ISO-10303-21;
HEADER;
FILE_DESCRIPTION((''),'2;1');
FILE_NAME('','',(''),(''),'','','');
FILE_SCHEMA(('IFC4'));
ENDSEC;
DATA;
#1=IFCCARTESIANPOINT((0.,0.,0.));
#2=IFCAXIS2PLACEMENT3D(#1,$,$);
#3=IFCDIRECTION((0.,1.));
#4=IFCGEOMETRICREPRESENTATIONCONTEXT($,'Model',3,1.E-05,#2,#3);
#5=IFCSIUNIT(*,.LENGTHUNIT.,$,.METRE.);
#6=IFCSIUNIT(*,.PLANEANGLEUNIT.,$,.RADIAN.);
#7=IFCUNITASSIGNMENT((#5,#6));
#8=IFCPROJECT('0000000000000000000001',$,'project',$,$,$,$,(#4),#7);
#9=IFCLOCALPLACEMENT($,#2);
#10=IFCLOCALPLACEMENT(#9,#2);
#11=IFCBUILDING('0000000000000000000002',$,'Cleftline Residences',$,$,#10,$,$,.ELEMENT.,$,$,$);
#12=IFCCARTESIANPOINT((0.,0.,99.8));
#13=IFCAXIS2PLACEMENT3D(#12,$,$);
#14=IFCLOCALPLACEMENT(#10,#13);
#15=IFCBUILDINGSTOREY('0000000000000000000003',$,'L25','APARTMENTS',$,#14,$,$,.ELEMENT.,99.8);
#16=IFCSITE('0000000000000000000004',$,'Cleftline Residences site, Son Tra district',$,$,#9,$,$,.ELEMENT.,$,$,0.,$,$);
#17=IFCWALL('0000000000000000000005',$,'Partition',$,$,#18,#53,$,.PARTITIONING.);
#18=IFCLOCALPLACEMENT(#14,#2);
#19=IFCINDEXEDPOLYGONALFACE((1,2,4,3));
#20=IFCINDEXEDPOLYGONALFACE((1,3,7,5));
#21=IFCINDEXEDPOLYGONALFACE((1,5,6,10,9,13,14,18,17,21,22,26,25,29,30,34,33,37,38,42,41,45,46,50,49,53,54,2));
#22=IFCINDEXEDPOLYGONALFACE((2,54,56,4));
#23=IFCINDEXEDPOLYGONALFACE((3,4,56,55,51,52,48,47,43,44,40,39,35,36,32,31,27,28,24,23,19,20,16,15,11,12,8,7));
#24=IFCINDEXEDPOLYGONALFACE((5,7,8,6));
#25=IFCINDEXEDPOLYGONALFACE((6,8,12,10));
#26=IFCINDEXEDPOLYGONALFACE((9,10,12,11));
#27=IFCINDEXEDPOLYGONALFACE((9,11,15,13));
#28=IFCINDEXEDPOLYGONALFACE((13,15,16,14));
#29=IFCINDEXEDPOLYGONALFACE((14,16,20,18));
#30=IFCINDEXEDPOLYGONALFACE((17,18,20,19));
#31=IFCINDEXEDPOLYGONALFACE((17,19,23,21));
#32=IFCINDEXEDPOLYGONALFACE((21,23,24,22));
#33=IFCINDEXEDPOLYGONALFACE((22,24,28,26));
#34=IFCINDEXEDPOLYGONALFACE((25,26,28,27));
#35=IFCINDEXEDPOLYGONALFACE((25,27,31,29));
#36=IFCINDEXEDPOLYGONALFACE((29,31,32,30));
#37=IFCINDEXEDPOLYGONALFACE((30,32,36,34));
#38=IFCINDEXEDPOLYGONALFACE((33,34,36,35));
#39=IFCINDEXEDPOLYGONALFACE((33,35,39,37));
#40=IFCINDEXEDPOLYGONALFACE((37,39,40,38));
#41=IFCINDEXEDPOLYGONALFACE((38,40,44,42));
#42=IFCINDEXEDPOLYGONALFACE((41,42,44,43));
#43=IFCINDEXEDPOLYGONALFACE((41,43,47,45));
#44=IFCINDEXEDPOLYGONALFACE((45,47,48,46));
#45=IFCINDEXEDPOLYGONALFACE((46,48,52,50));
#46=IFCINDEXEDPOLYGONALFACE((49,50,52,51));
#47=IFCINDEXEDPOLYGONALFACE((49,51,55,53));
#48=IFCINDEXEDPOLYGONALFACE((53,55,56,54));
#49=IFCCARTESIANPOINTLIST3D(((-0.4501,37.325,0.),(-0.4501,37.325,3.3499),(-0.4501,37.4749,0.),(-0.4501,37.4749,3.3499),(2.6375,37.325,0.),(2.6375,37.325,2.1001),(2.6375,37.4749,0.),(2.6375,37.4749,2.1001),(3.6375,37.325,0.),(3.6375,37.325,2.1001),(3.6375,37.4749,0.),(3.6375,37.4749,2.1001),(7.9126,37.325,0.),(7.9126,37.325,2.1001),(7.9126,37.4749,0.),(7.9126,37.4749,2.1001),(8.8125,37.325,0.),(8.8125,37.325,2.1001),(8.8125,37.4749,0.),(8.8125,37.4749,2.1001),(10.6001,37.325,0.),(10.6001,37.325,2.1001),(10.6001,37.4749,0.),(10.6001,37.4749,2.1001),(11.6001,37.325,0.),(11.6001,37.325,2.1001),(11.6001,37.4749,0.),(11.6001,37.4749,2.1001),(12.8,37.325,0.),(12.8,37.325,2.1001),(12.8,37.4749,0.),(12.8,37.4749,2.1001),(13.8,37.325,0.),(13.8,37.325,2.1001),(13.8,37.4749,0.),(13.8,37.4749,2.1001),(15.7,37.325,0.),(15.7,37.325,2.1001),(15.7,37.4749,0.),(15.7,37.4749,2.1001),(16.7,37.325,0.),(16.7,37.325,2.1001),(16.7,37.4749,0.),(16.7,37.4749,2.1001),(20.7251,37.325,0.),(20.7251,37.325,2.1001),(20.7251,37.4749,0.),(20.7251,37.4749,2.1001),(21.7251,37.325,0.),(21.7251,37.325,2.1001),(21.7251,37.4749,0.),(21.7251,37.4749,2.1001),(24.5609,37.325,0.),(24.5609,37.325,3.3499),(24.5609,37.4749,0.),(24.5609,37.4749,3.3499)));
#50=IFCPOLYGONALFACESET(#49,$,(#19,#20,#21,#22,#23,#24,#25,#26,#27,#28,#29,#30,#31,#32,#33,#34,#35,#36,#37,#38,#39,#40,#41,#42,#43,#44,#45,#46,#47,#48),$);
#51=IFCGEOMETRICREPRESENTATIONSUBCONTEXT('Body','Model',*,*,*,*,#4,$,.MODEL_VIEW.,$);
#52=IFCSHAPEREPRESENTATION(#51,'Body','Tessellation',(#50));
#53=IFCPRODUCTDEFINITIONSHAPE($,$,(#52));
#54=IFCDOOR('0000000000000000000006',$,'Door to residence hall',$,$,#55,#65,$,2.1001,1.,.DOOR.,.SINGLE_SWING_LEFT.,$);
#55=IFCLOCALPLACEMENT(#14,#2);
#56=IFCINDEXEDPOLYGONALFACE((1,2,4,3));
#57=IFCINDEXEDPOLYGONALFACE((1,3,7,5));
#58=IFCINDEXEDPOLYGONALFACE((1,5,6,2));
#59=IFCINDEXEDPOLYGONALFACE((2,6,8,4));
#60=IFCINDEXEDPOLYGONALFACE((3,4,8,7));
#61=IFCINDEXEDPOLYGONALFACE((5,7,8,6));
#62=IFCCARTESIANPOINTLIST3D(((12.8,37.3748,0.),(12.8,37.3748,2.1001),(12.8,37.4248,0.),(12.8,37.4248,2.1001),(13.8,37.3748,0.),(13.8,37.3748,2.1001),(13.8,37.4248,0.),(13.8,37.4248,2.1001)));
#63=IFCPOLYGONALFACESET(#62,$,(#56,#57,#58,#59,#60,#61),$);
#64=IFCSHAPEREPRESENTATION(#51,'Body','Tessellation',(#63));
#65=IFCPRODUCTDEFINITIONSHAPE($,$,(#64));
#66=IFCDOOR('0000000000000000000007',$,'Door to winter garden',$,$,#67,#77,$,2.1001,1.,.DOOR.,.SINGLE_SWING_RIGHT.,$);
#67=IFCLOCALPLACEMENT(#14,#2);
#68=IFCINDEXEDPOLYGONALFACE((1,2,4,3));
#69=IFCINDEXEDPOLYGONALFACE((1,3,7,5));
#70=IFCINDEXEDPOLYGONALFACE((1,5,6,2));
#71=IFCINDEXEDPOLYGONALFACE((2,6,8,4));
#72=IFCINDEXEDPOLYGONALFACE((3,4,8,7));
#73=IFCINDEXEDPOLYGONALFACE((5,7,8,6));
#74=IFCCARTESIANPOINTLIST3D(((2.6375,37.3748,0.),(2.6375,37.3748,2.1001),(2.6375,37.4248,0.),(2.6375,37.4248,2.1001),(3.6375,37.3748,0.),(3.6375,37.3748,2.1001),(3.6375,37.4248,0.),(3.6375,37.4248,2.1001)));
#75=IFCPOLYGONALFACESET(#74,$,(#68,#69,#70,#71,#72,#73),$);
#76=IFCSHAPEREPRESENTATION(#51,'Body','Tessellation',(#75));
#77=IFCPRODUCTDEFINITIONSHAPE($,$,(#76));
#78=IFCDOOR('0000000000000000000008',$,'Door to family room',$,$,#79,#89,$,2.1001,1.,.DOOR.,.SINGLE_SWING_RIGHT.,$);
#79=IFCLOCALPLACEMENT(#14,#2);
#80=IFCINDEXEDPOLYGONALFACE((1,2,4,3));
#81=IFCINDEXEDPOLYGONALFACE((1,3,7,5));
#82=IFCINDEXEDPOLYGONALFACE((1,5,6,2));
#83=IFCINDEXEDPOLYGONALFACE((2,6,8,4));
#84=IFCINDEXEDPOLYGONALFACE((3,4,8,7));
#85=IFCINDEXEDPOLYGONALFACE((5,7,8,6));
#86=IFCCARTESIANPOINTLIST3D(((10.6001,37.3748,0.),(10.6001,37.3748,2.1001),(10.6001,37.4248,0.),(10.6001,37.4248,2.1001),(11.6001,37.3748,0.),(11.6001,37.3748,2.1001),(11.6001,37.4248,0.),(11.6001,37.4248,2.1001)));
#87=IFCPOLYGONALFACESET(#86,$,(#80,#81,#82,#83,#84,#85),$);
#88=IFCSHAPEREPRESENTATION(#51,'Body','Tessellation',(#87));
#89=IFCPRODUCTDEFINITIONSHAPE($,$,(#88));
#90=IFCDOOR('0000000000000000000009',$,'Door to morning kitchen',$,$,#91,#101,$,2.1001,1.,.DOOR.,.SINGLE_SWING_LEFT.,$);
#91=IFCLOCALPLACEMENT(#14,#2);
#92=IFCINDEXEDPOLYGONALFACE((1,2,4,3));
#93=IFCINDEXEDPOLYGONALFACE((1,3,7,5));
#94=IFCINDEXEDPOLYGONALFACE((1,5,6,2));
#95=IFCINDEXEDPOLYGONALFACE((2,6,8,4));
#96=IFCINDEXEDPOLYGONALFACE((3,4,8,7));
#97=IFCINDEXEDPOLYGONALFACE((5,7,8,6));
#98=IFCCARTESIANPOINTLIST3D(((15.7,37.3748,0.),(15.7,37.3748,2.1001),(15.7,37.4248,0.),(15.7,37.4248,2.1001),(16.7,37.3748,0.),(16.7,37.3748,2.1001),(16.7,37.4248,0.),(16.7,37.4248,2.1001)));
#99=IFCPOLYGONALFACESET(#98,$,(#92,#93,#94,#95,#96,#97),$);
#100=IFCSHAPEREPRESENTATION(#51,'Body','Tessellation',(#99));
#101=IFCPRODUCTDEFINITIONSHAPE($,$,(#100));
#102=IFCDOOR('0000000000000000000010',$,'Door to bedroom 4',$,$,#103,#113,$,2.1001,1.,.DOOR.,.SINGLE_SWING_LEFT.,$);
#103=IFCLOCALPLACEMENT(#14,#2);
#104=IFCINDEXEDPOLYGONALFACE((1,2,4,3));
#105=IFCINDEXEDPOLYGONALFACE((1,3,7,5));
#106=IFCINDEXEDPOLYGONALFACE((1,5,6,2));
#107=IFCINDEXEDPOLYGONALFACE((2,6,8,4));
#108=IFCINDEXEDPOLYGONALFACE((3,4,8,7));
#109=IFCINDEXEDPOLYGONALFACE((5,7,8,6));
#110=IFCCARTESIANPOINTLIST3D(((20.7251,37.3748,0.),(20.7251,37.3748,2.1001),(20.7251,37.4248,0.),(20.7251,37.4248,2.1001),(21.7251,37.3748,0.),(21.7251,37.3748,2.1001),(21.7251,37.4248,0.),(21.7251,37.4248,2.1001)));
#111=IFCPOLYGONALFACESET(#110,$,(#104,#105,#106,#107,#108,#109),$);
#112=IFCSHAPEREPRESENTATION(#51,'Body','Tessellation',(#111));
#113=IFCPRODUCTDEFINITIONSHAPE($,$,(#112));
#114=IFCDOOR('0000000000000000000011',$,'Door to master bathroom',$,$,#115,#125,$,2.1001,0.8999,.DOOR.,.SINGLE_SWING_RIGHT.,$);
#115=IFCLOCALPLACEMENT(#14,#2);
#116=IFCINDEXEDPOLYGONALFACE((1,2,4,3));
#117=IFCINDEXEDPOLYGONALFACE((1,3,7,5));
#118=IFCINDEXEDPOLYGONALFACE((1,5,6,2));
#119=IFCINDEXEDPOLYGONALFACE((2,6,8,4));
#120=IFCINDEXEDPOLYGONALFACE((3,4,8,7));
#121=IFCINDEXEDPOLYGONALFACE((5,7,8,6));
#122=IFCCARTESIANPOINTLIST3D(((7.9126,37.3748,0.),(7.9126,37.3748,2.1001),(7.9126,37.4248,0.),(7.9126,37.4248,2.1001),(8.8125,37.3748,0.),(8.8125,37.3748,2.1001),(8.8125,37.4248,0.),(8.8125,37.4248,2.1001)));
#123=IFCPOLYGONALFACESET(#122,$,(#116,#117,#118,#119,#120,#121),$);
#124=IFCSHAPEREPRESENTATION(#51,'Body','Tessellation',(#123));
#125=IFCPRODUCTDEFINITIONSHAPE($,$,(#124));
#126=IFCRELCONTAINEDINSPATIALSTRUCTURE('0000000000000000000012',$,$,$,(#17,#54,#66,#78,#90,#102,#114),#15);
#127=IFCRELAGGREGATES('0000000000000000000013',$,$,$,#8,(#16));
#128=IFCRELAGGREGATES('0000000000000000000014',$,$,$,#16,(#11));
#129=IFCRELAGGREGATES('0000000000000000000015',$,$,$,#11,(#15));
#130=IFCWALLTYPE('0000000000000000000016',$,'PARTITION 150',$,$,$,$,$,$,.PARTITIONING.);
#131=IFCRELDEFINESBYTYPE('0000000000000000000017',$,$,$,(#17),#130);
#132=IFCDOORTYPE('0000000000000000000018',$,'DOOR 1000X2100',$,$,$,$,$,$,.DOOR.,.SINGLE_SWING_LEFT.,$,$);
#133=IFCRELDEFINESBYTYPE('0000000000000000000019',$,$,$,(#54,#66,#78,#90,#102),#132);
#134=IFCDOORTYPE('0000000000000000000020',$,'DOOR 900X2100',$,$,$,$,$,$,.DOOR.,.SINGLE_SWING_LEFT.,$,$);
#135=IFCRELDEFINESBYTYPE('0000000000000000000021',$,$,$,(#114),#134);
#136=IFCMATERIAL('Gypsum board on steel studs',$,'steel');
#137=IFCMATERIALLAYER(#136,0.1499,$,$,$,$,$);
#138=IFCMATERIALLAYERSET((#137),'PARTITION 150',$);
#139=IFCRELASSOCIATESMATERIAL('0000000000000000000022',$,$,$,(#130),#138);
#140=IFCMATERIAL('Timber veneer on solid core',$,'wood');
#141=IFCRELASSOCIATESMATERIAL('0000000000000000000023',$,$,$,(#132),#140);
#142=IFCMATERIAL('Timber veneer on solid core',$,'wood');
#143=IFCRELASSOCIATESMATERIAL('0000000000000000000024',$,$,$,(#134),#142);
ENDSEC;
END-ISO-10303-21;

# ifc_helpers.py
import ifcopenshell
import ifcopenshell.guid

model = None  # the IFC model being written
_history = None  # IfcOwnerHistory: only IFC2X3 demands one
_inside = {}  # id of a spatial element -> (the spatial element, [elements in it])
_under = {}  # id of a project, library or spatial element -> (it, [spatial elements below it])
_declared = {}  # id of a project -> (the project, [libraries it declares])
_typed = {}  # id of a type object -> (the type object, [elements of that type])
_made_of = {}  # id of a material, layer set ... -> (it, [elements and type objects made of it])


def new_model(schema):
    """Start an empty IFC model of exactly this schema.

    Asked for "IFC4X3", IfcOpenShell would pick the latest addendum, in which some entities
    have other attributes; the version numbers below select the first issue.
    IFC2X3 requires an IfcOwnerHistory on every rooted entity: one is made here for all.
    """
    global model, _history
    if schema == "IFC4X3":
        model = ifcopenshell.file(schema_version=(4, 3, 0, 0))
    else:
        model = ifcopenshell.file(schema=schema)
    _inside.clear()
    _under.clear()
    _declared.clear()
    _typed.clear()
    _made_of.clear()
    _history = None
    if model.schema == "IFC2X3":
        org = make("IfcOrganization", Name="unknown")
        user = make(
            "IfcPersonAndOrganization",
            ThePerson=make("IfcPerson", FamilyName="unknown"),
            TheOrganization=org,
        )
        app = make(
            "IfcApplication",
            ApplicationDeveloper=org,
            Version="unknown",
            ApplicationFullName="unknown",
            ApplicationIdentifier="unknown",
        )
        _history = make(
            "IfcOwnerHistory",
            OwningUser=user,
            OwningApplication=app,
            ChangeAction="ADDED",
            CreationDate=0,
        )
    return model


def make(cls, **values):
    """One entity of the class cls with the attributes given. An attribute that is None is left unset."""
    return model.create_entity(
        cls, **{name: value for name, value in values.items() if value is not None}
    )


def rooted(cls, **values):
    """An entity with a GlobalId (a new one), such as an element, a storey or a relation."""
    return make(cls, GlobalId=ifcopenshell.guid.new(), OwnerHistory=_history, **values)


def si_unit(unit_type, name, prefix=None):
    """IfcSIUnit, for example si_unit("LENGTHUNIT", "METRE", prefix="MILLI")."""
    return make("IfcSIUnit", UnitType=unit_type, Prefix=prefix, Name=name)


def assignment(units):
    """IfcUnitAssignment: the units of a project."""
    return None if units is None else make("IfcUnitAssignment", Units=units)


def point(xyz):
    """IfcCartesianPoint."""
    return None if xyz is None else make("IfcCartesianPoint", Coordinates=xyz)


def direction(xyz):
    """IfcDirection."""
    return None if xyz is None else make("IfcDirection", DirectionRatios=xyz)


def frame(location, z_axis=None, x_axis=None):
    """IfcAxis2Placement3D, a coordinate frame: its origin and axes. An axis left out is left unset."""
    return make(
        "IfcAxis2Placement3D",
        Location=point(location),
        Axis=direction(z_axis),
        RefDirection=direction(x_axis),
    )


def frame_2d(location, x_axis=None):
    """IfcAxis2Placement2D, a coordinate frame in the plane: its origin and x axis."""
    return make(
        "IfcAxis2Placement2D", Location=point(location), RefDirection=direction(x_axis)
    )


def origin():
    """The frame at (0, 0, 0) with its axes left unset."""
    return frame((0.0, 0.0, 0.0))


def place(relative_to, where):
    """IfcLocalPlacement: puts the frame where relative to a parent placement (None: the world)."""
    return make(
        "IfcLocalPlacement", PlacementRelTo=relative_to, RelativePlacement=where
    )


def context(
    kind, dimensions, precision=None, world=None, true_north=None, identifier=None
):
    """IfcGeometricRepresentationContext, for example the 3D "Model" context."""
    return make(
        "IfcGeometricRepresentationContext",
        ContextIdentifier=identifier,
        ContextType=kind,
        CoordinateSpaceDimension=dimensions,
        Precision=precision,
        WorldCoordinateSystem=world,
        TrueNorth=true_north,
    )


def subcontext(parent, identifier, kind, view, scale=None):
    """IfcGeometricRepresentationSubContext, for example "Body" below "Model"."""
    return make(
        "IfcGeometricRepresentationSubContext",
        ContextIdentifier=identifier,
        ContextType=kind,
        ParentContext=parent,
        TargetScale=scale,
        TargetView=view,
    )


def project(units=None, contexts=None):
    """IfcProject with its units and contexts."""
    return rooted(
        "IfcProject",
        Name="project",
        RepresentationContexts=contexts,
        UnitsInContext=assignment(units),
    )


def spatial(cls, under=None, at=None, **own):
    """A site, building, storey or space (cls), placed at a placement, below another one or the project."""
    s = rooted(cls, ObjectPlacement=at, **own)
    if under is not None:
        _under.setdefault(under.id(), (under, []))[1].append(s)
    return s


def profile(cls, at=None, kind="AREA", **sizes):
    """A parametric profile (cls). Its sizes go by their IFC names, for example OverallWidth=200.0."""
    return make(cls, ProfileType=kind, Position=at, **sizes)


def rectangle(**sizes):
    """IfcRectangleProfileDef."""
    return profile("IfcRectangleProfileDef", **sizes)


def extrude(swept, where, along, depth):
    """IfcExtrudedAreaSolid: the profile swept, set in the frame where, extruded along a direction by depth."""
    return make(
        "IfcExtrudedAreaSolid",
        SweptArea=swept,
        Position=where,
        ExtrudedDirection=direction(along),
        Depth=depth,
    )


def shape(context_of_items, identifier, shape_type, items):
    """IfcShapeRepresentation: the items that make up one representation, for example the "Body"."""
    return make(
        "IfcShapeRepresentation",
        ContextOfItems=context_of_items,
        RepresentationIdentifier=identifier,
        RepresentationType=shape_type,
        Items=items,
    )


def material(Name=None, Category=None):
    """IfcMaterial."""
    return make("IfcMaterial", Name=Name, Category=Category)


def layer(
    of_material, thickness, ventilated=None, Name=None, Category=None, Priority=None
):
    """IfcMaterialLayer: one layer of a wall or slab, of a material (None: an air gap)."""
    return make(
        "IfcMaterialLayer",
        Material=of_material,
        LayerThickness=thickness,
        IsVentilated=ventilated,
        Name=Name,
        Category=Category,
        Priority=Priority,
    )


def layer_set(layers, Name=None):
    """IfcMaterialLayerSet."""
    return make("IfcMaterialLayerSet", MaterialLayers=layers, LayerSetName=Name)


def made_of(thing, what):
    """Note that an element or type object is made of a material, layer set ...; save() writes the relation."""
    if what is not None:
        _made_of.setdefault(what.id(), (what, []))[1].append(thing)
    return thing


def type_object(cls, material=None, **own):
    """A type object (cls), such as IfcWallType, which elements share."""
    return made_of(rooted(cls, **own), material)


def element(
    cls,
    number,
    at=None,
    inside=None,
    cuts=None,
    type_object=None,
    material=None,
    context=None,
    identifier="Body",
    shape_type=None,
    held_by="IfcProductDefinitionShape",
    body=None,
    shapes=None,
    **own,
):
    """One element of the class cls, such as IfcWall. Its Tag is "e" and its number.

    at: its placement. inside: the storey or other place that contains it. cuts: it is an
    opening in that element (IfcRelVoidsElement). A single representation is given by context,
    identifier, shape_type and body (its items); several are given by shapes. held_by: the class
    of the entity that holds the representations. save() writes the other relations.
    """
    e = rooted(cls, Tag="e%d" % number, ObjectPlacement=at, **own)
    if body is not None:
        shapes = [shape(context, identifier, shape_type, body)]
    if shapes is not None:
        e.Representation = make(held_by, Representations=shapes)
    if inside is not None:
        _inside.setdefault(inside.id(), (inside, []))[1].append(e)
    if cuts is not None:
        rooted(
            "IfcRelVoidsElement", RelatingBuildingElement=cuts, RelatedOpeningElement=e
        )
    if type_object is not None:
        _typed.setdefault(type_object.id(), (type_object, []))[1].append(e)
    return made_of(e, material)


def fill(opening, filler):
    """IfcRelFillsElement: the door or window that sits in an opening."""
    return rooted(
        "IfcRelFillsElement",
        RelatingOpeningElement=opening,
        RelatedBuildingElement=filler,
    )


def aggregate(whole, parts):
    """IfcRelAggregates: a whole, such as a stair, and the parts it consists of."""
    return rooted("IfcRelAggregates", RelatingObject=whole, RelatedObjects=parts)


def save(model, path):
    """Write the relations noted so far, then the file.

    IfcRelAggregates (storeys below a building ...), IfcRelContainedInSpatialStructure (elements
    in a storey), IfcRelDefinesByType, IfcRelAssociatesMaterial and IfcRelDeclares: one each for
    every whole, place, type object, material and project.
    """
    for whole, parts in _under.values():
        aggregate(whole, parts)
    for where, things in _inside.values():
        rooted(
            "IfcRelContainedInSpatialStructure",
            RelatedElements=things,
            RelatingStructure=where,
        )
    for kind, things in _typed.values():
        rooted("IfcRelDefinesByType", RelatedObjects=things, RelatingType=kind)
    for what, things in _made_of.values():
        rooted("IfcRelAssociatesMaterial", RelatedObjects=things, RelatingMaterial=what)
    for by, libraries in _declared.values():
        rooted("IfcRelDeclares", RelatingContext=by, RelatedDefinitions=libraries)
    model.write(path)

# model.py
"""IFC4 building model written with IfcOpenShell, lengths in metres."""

from ifc_helpers import new_model, si_unit, direction, frame, frame_2d, origin, place, context, subcontext, project, spatial, rectangle, extrude, material, layer, layer_set, type_object, element, fill, save


model = new_model("IFC4")

# Units and contexts
model_context = context("Model", 3, precision=1e-05, world=origin(), true_north=direction((0.0, 1.0)))
body_context = subcontext(model_context, "Body", "Model", "MODEL_VIEW")
ifc_project = project(units=[si_unit("LENGTHUNIT", "METRE"), si_unit("PLANEANGLEUNIT", "RADIAN")], contexts=[model_context])

# Site, building, storey
site_placement = place(None, origin())
site = spatial("IfcSite", under=ifc_project, at=site_placement, Name="Cleftline Residences site, Son Tra district", CompositionType="ELEMENT", RefElevation=0.0)
building_placement = place(site_placement, origin())
building = spatial("IfcBuilding", under=site, at=building_placement, Name="Cleftline Residences", CompositionType="ELEMENT")
storey_placement = place(building_placement, frame((0.0, 0.0, 99.8)))
storey = spatial("IfcBuildingStorey", under=building, at=storey_placement, Name="L25", Description="APARTMENTS", CompositionType="ELEMENT", Elevation=99.8)

# Wall, openings, doors
ifc_material_1 = material(Name="Gypsum board on steel studs", Category="steel")
ifc_layer = layer(ifc_material_1, 0.1499)
ifc_layer_set = layer_set([ifc_layer], Name="PARTITION 150")
wall_type = type_object("IfcWallType", Name="PARTITION 150", PredefinedType="PARTITIONING", material=ifc_layer_set)
wall_1_placement = place(storey_placement, frame((-0.45, 37.3999, 0.0), z_axis=(0.0, 0.0, 1.0), x_axis=(1.0, 0.0, 0.0)))
wall_1 = element("IfcWall", 1, at=wall_1_placement, inside=storey, type_object=wall_type, Name="Partition", PredefinedType="PARTITIONING", context=body_context, shape_type="SweptSolid", body=[
    extrude(rectangle(XDim=25.011, YDim=0.1499, at=frame_2d((12.5054, 0.0))), origin(), (0.0, 0.0, 1.0), 3.3499),
])
opening_1_placement = place(wall_1_placement, frame((13.25, 0.0, 0.0)))
opening_1 = element("IfcOpeningElement", 2, at=opening_1_placement, cuts=wall_1, PredefinedType="OPENING", context=body_context, shape_type="SweptSolid", body=[
    extrude(rectangle(XDim=1.0, YDim=2.1001, at=frame_2d((0.5, 1.05))), frame((0.0, 0.085, 0.0), z_axis=(0.0, -1.0, 0.0), x_axis=(1.0, 0.0, 0.0)), (0.0, 0.0, 1.0), 0.1699),
])
opening_2_placement = place(wall_1_placement, frame((3.0874, 0.0, 0.0)))
opening_2 = element("IfcOpeningElement", 3, at=opening_2_placement, cuts=wall_1, PredefinedType="OPENING", context=body_context, shape_type="SweptSolid", body=[
    extrude(rectangle(XDim=1.0, YDim=2.1001, at=frame_2d((0.5, 1.05))), frame((0.0, 0.085, 0.0), z_axis=(0.0, -1.0, 0.0), x_axis=(1.0, 0.0, 0.0)), (0.0, 0.0, 1.0), 0.1699),
])
opening_3_placement = place(wall_1_placement, frame((8.3625, 0.0, 0.0)))
opening_3 = element("IfcOpeningElement", 4, at=opening_3_placement, cuts=wall_1, PredefinedType="OPENING", context=body_context, shape_type="SweptSolid", body=[
    extrude(rectangle(XDim=0.8999, YDim=2.1001, at=frame_2d((0.45, 1.05))), frame((0.0, 0.085, 0.0), z_axis=(0.0, -1.0, 0.0), x_axis=(1.0, 0.0, 0.0)), (0.0, 0.0, 1.0), 0.1699),
])
opening_4_placement = place(wall_1_placement, frame((11.05, 0.0, 0.0)))
opening_4 = element("IfcOpeningElement", 5, at=opening_4_placement, cuts=wall_1, PredefinedType="OPENING", context=body_context, shape_type="SweptSolid", body=[
    extrude(rectangle(XDim=1.0, YDim=2.1001, at=frame_2d((0.5, 1.05))), frame((0.0, 0.085, 0.0), z_axis=(0.0, -1.0, 0.0), x_axis=(1.0, 0.0, 0.0)), (0.0, 0.0, 1.0), 0.1699),
])
opening_5_placement = place(wall_1_placement, frame((16.1499, 0.0, 0.0)))
opening_5 = element("IfcOpeningElement", 6, at=opening_5_placement, cuts=wall_1, PredefinedType="OPENING", context=body_context, shape_type="SweptSolid", body=[
    extrude(rectangle(XDim=1.0, YDim=2.1001, at=frame_2d((0.5, 1.05))), frame((0.0, 0.085, 0.0), z_axis=(0.0, -1.0, 0.0), x_axis=(1.0, 0.0, 0.0)), (0.0, 0.0, 1.0), 0.1699),
])
opening_6_placement = place(wall_1_placement, frame((21.175, 0.0, 0.0)))
opening_6 = element("IfcOpeningElement", 7, at=opening_6_placement, cuts=wall_1, PredefinedType="OPENING", context=body_context, shape_type="SweptSolid", body=[
    extrude(rectangle(XDim=1.0, YDim=2.1001, at=frame_2d((0.5, 1.05))), frame((0.0, 0.085, 0.0), z_axis=(0.0, -1.0, 0.0), x_axis=(1.0, 0.0, 0.0)), (0.0, 0.0, 1.0), 0.1699),
])
ifc_material_2 = material(Name="Timber veneer on solid core", Category="wood")
door_type_1 = type_object("IfcDoorType", Name="DOOR 1000X2100", OperationType="SINGLE_SWING_LEFT", PredefinedType="DOOR", material=ifc_material_2)
door_1_placement = place(opening_1_placement, origin())
door_1 = element("IfcDoor", 8, at=door_1_placement, inside=storey, type_object=door_type_1, Name="Door to residence hall", OperationType="SINGLE_SWING_LEFT", OverallHeight=2.1001, OverallWidth=1.0, PredefinedType="DOOR", context=body_context, shape_type="SweptSolid", body=[
    extrude(rectangle(XDim=1.0, YDim=2.1001, at=frame_2d((0.5, 1.05))), frame((0.0, 0.0249, 0.0), z_axis=(0.0, -1.0, 0.0), x_axis=(1.0, 0.0, 0.0)), (0.0, 0.0, 1.0), 0.05),
])
fill(opening_1, door_1)
door_2_placement = place(opening_2_placement, origin())
door_2 = element("IfcDoor", 9, at=door_2_placement, inside=storey, type_object=door_type_1, Name="Door to winter garden", OperationType="SINGLE_SWING_RIGHT", OverallHeight=2.1001, OverallWidth=1.0, PredefinedType="DOOR", context=body_context, shape_type="SweptSolid", body=[
    extrude(rectangle(XDim=1.0, YDim=2.1001, at=frame_2d((0.5, 1.05))), frame((0.0, 0.0249, 0.0), z_axis=(0.0, -1.0, 0.0), x_axis=(1.0, 0.0, 0.0)), (0.0, 0.0, 1.0), 0.05),
])
fill(opening_2, door_2)
door_3_placement = place(opening_4_placement, origin())
door_3 = element("IfcDoor", 10, at=door_3_placement, inside=storey, type_object=door_type_1, Name="Door to family room", OperationType="SINGLE_SWING_RIGHT", OverallHeight=2.1001, OverallWidth=1.0, PredefinedType="DOOR", context=body_context, shape_type="SweptSolid", body=[
    extrude(rectangle(XDim=1.0, YDim=2.1001, at=frame_2d((0.5, 1.05))), frame((0.0, 0.0249, 0.0), z_axis=(0.0, -1.0, 0.0), x_axis=(1.0, 0.0, 0.0)), (0.0, 0.0, 1.0), 0.05),
])
fill(opening_4, door_3)
door_4_placement = place(opening_5_placement, origin())
door_4 = element("IfcDoor", 11, at=door_4_placement, inside=storey, type_object=door_type_1, Name="Door to morning kitchen", OperationType="SINGLE_SWING_LEFT", OverallHeight=2.1001, OverallWidth=1.0, PredefinedType="DOOR", context=body_context, shape_type="SweptSolid", body=[
    extrude(rectangle(XDim=1.0, YDim=2.1001, at=frame_2d((0.5, 1.05))), frame((0.0, 0.0249, 0.0), z_axis=(0.0, -1.0, 0.0), x_axis=(1.0, 0.0, 0.0)), (0.0, 0.0, 1.0), 0.05),
])
fill(opening_5, door_4)
door_5_placement = place(opening_6_placement, origin())
door_5 = element("IfcDoor", 12, at=door_5_placement, inside=storey, type_object=door_type_1, Name="Door to bedroom 4", OperationType="SINGLE_SWING_LEFT", OverallHeight=2.1001, OverallWidth=1.0, PredefinedType="DOOR", context=body_context, shape_type="SweptSolid", body=[
    extrude(rectangle(XDim=1.0, YDim=2.1001, at=frame_2d((0.5, 1.05))), frame((0.0, 0.0249, 0.0), z_axis=(0.0, -1.0, 0.0), x_axis=(1.0, 0.0, 0.0)), (0.0, 0.0, 1.0), 0.05),
])
fill(opening_6, door_5)
ifc_material_3 = material(Name="Timber veneer on solid core", Category="wood")
door_type_2 = type_object("IfcDoorType", Name="DOOR 900X2100", OperationType="SINGLE_SWING_LEFT", PredefinedType="DOOR", material=ifc_material_3)
door_6_placement = place(opening_3_placement, origin())
door_6 = element("IfcDoor", 13, at=door_6_placement, inside=storey, type_object=door_type_2, Name="Door to master bathroom", OperationType="SINGLE_SWING_RIGHT", OverallHeight=2.1001, OverallWidth=0.8999, PredefinedType="DOOR", context=body_context, shape_type="SweptSolid", body=[
    extrude(rectangle(XDim=0.8999, YDim=2.1001, at=frame_2d((0.45, 1.05))), frame((0.0, 0.0249, 0.0), z_axis=(0.0, -1.0, 0.0), x_axis=(1.0, 0.0, 0.0)), (0.0, 0.0, 1.0), 0.05),
])
fill(opening_3, door_6)

save(model, "model.ifc")
